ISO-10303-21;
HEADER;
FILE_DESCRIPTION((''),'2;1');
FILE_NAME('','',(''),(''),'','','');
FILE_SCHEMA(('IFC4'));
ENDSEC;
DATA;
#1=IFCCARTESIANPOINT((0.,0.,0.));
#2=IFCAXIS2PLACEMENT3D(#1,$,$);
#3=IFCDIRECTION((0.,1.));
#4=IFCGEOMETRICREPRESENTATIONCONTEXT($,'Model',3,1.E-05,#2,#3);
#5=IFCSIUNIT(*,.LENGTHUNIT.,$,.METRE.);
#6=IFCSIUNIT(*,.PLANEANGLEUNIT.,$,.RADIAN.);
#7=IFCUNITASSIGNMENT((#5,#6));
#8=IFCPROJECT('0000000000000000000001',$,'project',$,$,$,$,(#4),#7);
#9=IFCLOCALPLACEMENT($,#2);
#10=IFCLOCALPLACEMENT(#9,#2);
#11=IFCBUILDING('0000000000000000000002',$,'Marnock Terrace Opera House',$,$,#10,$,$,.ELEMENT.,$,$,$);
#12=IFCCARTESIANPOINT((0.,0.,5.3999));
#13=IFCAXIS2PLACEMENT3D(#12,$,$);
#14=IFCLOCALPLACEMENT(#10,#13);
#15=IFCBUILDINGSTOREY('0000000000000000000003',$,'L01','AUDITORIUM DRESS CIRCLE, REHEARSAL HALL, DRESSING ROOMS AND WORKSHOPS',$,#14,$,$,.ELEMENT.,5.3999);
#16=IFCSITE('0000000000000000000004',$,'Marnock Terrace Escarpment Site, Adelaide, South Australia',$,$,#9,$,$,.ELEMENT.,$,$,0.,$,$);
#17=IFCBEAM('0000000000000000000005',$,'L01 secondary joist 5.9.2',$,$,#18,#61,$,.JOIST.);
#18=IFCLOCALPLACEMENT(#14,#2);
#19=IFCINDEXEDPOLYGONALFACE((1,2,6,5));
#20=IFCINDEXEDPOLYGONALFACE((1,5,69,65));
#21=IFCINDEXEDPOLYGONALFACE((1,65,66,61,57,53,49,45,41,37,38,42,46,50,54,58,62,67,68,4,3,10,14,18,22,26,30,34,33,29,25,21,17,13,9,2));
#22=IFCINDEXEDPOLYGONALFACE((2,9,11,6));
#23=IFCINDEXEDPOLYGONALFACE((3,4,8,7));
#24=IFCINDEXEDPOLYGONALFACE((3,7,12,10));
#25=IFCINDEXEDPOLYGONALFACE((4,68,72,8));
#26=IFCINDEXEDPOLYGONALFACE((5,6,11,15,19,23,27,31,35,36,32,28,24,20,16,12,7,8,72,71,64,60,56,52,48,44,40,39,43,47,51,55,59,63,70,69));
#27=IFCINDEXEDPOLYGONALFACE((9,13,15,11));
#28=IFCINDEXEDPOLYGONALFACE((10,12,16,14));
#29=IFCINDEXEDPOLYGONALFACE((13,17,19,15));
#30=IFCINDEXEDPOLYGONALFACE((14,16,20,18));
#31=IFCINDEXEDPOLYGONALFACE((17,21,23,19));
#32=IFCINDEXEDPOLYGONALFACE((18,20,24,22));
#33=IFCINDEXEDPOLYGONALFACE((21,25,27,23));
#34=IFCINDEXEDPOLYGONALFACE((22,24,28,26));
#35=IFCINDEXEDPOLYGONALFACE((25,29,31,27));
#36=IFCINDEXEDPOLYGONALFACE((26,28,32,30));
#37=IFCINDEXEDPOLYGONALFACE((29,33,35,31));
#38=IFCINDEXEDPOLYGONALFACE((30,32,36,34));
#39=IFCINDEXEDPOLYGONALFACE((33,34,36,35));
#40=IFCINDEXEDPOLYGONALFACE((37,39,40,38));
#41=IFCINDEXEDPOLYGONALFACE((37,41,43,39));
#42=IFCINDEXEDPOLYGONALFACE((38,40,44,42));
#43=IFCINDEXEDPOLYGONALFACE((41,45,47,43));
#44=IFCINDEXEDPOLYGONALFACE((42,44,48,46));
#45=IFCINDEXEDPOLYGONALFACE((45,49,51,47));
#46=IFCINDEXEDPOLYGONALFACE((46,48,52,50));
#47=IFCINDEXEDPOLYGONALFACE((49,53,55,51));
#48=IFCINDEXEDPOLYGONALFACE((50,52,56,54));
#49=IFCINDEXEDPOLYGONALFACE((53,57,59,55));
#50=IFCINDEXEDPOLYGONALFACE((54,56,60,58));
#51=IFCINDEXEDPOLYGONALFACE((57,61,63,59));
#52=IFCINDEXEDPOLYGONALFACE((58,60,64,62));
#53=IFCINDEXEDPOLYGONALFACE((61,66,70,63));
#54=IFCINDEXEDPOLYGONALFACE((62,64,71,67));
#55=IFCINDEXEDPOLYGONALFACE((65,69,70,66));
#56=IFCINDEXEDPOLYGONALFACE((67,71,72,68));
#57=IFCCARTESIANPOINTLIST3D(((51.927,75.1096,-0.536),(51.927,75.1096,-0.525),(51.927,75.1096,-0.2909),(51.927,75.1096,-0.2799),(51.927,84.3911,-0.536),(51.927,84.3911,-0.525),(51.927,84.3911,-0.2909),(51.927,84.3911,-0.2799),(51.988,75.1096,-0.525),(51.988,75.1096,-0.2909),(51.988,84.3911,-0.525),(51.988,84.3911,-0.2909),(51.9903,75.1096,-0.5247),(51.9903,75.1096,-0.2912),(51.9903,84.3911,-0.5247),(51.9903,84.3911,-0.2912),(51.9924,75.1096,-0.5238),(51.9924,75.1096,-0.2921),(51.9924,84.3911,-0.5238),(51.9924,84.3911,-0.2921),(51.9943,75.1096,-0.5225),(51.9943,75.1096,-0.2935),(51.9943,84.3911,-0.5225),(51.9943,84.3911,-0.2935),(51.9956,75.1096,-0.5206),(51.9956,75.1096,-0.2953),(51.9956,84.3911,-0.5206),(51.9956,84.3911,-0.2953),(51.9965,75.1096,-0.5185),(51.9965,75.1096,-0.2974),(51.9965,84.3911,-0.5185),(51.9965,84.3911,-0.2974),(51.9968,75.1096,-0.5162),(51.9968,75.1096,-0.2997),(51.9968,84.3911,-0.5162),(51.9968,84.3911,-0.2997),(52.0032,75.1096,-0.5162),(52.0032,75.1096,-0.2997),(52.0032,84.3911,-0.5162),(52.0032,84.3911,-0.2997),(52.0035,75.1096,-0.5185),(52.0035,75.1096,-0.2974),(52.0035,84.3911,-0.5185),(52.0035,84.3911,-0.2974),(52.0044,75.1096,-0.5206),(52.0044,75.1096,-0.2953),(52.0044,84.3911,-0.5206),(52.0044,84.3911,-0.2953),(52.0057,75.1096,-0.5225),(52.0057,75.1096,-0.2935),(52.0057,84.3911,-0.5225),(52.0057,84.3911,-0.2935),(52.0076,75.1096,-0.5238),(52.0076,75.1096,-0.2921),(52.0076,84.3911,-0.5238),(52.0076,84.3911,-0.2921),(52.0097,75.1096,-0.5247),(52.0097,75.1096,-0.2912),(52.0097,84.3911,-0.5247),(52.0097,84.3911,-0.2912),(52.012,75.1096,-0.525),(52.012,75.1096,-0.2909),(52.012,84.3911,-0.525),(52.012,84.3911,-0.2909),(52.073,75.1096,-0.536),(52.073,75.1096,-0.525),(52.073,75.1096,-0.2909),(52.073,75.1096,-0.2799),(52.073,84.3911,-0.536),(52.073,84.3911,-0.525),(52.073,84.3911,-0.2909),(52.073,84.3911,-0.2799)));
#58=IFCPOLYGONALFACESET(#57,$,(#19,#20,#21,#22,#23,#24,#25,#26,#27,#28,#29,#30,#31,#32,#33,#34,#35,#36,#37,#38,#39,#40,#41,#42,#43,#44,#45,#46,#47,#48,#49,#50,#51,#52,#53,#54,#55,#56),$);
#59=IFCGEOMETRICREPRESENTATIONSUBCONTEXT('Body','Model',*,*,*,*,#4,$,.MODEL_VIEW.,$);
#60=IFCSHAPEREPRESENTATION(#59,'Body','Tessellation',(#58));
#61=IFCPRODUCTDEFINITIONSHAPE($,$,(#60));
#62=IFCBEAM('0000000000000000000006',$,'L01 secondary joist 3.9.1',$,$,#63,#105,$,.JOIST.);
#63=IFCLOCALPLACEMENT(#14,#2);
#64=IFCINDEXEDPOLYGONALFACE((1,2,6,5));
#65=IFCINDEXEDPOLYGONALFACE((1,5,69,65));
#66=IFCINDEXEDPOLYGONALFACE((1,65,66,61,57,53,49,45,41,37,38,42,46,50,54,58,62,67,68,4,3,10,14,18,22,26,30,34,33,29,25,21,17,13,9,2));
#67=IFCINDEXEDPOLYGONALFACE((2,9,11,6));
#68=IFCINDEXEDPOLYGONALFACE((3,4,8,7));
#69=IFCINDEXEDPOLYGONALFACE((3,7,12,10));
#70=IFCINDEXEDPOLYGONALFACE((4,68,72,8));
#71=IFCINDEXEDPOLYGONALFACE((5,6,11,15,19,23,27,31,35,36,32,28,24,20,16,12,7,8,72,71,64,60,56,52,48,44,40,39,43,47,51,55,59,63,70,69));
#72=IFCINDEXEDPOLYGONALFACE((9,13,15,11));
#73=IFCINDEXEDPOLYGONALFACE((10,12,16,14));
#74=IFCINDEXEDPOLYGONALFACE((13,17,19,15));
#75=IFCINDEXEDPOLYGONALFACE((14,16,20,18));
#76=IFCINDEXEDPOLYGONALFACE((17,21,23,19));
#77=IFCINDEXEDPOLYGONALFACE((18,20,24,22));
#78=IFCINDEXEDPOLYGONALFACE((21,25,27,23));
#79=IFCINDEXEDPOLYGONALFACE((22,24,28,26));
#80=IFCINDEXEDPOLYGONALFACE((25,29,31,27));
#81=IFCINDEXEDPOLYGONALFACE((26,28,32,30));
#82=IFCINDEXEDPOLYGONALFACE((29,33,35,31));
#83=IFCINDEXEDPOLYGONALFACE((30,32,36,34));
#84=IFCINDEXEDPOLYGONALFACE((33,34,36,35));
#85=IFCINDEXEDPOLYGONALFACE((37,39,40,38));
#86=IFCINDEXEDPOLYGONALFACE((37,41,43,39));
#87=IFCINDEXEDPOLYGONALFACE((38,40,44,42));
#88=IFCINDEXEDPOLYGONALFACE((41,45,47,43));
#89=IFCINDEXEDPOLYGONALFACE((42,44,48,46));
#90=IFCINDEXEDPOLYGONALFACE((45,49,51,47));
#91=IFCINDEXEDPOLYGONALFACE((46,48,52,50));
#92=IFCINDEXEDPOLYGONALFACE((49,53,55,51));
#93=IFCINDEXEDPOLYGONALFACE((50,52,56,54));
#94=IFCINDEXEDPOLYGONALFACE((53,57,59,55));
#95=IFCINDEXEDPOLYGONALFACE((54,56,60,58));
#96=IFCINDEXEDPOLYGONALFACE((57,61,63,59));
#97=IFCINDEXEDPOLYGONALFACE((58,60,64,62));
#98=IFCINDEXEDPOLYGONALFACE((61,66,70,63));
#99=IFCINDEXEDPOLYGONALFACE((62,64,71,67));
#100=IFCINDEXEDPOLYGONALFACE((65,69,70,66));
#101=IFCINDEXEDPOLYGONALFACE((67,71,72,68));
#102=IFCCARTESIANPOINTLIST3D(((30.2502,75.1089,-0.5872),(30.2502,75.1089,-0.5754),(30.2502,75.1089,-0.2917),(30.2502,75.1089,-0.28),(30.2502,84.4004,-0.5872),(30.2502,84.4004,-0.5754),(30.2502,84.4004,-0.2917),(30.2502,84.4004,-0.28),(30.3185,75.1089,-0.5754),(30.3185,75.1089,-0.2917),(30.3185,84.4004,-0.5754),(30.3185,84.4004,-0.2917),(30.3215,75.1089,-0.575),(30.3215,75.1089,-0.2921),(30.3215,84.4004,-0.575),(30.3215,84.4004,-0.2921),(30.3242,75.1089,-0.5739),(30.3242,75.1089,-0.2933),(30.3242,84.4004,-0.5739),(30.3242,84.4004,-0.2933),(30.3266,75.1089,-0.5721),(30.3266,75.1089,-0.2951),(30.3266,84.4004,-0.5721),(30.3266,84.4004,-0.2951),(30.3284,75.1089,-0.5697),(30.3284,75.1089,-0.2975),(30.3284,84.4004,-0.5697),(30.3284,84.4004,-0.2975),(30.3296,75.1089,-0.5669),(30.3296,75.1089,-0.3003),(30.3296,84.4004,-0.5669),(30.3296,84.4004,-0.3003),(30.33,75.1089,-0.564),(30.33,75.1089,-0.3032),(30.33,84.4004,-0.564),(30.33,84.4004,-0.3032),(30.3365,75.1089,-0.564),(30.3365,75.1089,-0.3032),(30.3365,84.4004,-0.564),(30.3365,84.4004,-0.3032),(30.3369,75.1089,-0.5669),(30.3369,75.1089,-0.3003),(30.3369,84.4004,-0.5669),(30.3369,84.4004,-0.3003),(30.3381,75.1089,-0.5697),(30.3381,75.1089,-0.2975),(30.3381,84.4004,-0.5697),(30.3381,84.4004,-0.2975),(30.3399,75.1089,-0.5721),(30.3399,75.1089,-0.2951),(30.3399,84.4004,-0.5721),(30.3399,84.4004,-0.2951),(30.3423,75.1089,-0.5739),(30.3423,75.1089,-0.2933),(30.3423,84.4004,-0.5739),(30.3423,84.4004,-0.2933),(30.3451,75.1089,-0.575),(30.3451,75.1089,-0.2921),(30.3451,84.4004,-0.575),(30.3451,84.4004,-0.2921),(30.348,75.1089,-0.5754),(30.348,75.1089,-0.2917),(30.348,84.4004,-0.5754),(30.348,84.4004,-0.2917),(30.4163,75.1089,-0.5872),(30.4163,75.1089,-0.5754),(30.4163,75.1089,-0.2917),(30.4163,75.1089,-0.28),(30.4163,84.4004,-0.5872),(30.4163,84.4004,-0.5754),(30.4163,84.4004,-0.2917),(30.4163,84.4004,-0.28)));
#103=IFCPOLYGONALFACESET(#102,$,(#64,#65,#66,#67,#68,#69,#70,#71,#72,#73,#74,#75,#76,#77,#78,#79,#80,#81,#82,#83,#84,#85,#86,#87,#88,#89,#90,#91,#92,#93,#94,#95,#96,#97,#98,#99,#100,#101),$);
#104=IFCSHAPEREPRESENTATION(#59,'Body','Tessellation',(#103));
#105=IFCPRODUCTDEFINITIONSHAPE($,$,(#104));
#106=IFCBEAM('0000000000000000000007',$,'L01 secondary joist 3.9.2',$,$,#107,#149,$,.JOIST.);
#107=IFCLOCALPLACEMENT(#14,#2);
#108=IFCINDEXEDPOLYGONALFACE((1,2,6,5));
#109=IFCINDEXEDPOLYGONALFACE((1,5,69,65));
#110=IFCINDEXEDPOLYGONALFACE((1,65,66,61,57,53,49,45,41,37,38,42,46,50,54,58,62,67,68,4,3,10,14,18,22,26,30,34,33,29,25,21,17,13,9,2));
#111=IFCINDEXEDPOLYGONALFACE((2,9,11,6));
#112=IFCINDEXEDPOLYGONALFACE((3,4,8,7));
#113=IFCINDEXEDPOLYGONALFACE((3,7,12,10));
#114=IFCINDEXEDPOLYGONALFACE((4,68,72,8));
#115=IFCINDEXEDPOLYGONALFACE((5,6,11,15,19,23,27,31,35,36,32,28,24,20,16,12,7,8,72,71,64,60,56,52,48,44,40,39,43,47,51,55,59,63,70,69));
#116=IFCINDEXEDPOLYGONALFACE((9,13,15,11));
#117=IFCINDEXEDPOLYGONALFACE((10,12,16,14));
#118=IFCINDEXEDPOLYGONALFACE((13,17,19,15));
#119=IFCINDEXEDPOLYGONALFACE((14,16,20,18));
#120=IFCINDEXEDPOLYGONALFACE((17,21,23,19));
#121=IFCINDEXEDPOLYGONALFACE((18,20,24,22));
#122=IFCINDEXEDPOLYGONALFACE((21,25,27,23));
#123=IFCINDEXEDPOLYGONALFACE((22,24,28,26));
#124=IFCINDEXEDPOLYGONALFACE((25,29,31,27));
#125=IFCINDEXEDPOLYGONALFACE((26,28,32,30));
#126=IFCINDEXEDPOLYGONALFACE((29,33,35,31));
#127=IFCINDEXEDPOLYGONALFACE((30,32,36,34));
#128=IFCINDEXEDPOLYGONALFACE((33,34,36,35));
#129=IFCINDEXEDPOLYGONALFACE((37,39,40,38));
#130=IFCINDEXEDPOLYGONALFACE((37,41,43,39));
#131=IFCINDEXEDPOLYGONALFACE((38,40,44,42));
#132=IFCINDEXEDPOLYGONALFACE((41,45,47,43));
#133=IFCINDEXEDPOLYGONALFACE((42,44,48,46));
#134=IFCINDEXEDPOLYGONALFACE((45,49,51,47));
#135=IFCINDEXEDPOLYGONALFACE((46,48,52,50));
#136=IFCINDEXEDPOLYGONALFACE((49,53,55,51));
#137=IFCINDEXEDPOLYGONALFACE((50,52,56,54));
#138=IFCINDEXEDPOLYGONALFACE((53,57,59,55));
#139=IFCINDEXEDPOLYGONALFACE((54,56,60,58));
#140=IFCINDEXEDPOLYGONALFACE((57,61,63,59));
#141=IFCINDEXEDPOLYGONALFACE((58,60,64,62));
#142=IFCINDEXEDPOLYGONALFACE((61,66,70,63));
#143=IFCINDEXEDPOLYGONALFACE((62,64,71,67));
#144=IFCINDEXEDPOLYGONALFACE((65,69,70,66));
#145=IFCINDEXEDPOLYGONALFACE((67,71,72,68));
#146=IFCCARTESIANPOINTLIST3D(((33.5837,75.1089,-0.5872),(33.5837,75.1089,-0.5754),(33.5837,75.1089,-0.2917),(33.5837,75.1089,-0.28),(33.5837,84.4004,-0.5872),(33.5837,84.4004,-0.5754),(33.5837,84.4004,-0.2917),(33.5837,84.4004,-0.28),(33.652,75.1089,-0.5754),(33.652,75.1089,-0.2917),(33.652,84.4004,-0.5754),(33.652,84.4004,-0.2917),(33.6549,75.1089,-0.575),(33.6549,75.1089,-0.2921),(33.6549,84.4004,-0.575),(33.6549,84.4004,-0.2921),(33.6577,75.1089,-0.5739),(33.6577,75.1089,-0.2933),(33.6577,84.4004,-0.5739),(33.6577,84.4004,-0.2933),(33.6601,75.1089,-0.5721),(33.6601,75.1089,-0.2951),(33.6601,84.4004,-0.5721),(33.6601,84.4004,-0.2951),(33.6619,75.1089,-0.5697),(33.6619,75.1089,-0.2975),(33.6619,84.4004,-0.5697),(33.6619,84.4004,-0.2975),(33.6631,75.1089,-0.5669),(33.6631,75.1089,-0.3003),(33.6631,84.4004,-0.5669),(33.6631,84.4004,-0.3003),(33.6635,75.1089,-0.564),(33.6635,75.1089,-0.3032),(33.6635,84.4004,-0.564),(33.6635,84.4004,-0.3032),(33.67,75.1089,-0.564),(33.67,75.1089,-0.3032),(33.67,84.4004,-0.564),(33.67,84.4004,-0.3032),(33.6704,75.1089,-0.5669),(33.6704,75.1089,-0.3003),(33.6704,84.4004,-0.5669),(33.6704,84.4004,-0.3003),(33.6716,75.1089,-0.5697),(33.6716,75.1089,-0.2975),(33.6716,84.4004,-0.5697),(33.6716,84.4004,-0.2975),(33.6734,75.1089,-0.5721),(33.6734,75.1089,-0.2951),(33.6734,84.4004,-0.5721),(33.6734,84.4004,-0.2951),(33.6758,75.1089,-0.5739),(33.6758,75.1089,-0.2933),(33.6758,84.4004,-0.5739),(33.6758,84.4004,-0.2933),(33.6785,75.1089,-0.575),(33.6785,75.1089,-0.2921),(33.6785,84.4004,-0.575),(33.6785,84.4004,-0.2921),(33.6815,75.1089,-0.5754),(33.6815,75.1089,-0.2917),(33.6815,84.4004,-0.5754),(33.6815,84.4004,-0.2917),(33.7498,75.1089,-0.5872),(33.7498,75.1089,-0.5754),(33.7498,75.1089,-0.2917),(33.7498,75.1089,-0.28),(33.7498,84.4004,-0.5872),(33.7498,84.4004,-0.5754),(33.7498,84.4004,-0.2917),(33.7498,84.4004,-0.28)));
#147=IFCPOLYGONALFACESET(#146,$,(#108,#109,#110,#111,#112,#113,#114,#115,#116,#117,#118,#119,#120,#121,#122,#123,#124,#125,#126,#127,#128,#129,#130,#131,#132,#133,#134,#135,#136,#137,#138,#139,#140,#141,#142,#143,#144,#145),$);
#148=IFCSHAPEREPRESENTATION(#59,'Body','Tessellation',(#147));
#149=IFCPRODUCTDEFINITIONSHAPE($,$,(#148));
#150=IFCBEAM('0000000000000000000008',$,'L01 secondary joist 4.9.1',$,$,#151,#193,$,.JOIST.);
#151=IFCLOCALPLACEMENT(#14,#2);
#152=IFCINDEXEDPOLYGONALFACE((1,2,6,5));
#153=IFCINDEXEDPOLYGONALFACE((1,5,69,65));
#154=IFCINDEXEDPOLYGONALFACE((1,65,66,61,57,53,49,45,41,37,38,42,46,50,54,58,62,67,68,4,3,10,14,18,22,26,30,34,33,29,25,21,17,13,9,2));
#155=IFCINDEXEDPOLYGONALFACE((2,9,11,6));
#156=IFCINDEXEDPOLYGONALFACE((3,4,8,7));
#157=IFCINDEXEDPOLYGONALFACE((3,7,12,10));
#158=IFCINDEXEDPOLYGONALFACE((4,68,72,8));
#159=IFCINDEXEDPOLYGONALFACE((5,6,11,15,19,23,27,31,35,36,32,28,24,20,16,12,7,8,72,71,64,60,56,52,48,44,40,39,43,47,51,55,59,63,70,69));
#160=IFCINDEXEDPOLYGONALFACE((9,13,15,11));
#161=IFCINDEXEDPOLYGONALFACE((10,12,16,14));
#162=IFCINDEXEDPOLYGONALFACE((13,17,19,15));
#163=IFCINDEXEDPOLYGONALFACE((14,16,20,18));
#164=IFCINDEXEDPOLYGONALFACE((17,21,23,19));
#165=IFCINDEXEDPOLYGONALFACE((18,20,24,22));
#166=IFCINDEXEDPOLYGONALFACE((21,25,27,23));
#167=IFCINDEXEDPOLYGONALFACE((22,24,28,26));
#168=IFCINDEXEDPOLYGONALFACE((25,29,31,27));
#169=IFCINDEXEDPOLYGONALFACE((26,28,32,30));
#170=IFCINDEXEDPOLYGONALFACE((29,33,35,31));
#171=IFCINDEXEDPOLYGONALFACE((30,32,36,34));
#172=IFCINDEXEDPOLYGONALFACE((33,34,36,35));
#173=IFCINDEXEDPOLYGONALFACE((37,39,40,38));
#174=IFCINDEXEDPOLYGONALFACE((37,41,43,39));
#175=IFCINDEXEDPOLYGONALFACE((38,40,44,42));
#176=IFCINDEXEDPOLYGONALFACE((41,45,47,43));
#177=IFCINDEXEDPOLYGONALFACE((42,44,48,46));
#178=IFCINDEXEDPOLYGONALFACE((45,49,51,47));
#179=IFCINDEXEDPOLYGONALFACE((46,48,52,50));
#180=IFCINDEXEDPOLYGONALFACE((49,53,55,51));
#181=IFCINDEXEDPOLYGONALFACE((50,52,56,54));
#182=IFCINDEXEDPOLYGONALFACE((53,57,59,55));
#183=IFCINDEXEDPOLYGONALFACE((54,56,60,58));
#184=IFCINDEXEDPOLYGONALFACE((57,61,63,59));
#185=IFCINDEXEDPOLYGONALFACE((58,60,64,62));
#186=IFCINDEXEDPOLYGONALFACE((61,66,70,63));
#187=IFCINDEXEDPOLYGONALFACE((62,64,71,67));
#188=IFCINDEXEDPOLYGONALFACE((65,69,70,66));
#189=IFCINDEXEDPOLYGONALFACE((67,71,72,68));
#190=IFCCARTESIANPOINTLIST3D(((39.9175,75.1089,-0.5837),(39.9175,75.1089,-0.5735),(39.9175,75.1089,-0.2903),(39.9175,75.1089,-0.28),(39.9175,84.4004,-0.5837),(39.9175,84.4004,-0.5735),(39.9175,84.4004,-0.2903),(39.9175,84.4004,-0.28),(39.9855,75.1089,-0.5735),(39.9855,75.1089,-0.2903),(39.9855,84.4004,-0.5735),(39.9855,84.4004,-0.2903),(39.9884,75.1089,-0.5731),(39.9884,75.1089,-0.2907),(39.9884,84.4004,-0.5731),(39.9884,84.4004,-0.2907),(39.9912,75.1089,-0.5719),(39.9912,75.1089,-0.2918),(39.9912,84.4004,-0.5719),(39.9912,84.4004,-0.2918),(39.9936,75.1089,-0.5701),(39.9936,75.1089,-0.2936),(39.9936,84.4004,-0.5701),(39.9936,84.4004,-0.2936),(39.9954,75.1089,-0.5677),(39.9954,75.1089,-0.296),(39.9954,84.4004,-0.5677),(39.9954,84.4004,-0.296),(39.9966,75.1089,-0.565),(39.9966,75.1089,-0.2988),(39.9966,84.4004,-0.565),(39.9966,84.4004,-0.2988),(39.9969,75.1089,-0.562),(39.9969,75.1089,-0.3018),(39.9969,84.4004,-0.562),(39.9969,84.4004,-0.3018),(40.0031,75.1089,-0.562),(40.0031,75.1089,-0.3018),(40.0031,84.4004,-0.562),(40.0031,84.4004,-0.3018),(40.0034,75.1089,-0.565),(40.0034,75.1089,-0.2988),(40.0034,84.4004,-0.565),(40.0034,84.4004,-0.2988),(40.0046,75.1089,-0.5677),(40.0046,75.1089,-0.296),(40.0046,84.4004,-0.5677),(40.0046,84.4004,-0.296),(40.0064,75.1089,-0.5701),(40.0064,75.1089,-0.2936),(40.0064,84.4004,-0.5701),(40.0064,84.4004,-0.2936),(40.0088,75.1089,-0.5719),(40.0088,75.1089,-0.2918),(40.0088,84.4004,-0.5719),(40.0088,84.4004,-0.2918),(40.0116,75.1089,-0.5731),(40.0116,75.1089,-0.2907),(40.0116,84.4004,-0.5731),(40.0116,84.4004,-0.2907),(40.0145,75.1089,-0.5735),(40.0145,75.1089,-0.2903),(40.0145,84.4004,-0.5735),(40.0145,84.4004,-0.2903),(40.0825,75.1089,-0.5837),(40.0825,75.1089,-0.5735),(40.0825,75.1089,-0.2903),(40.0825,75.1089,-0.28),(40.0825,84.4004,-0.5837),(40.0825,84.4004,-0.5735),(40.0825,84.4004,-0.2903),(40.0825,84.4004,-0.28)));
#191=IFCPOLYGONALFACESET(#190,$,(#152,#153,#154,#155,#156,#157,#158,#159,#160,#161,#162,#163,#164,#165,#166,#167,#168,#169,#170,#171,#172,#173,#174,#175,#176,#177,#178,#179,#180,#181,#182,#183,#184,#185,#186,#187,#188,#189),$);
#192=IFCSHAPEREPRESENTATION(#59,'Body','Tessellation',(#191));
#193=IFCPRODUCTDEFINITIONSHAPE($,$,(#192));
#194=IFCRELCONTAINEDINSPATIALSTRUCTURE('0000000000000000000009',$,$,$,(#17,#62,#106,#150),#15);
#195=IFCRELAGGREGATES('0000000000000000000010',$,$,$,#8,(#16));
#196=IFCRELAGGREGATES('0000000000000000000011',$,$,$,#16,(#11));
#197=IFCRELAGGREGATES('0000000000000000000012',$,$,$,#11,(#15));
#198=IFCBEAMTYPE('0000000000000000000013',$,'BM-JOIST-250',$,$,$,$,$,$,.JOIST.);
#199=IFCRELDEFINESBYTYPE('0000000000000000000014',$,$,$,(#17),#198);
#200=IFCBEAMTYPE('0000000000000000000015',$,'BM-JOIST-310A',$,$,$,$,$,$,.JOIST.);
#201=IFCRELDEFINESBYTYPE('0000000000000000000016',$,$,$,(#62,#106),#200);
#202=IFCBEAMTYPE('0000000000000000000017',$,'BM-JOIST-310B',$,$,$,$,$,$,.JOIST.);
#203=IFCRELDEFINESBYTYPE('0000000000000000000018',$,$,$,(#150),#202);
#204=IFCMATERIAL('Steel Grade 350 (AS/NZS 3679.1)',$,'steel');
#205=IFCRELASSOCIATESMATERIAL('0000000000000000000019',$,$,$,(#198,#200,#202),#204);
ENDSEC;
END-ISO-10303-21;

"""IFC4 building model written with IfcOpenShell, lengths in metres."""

from ifc_helpers import new_model, si_unit, direction, frame, origin, origin_2d, place, context, subcontext, project, spatial, i_section, extrude, material, material_profile, profile_set, type_object, element, save


model = new_model("IFC4")

# Units and contexts
model_context = context("Model", 3, precision=1e-05, world=origin(), true_north=direction((0.0, 1.0)))
body_context = subcontext(model_context, "Body", "Model", "MODEL_VIEW")
ifc_project = project(units=[si_unit("LENGTHUNIT", "METRE"), si_unit("PLANEANGLEUNIT", "RADIAN")], contexts=[model_context])

# Site, building, storey
site_placement = place(None, origin())
site = spatial("IfcSite", under=ifc_project, at=site_placement, Name="Marnock Terrace Escarpment Site, Adelaide, South Australia", CompositionType="ELEMENT", RefElevation=0.0)
building_placement = place(site_placement, origin())
building = spatial("IfcBuilding", under=site, at=building_placement, Name="Marnock Terrace Opera House", CompositionType="ELEMENT")
storey_placement = place(building_placement, frame((0.0, 0.0, 5.3999)))
storey = spatial("IfcBuildingStorey", under=building, at=storey_placement, Name="L01", Description="AUDITORIUM DRESS CIRCLE, REHEARSAL HALL, DRESSING ROOMS AND WORKSHOPS", CompositionType="ELEMENT", Elevation=5.3999)

# Shared definitions
ifc_material_1 = material(Name="Steel Grade 350 (AS/NZS 3679.1)", Category="steel")

# Beams
ifc_material_profile_1 = material_profile(ifc_material_1, i_section(OverallWidth=0.146, OverallDepth=0.2561, WebThickness=0.0063, FlangeThickness=0.011, FilletRadius=0.0088, at=origin_2d()))
ifc_profile_set_1 = profile_set([ifc_material_profile_1], Name="Steel Grade 350 (AS/NZS 3679.1)")
beam_type_1 = type_object("IfcBeamType", Name="BM-JOIST-250", PredefinedType="JOIST", material=ifc_profile_set_1)
for number, where, z_axis, x_axis, name in (
    (1, (52.0, 75.1096, -0.408), (0.0, 1.0, 0.0), (-1.0, 0.0, 0.0), "L01 secondary joist 5.9.2"),
):
    element("IfcBeam", number, at=place(storey_placement, frame(where, z_axis=z_axis, x_axis=x_axis)), inside=storey, type_object=beam_type_1, Name=name, PredefinedType="JOIST", context=body_context, shape_type="SweptSolid", body=[
        extrude(i_section(OverallWidth=0.146, OverallDepth=0.2561, WebThickness=0.0063, FlangeThickness=0.011, FilletRadius=0.0088, at=origin_2d()), origin(), (0.0, 0.0, 1.0), 9.2815),
    ])
ifc_material_profile_2 = material_profile(ifc_material_1, i_section(OverallWidth=0.166, OverallDepth=0.3071, WebThickness=0.0066, FlangeThickness=0.0117, FilletRadius=0.0115, at=origin_2d()))
ifc_profile_set_2 = profile_set([ifc_material_profile_2], Name="Steel Grade 350 (AS/NZS 3679.1)")
beam_type_2 = type_object("IfcBeamType", Name="BM-JOIST-310A", PredefinedType="JOIST", material=ifc_profile_set_2)
for number, where, z_axis, x_axis, name in (
    (2, (30.3333, 75.1089, -0.4336), (0.0, 1.0, 0.0), (-1.0, 0.0, 0.0), "L01 secondary joist 3.9.1"),
    (3, (33.6667, 75.1089, -0.4336), (0.0, 1.0, 0.0), (-1.0, 0.0, 0.0), "L01 secondary joist 3.9.2"),
):
    element("IfcBeam", number, at=place(storey_placement, frame(where, z_axis=z_axis, x_axis=x_axis)), inside=storey, type_object=beam_type_2, Name=name, PredefinedType="JOIST", context=body_context, shape_type="SweptSolid", body=[
        extrude(i_section(OverallWidth=0.166, OverallDepth=0.3071, WebThickness=0.0066, FlangeThickness=0.0117, FilletRadius=0.0115, at=origin_2d()), origin(), (0.0, 0.0, 1.0), 9.2915),
    ])
ifc_material_profile_3 = material_profile(ifc_material_1, i_section(OverallWidth=0.165, OverallDepth=0.3037, WebThickness=0.0061, FlangeThickness=0.0103, FilletRadius=0.0115, at=origin_2d()))
ifc_profile_set_3 = profile_set([ifc_material_profile_3], Name="Steel Grade 350 (AS/NZS 3679.1)")
beam_type_3 = type_object("IfcBeamType", Name="BM-JOIST-310B", PredefinedType="JOIST", material=ifc_profile_set_3)
for number, where, z_axis, x_axis, name in (
    (4, (40.0, 75.1089, -0.4319), (0.0, 1.0, 0.0), (-1.0, 0.0, 0.0), "L01 secondary joist 4.9.1"),
):
    element("IfcBeam", number, at=place(storey_placement, frame(where, z_axis=z_axis, x_axis=x_axis)), inside=storey, type_object=beam_type_3, Name=name, PredefinedType="JOIST", context=body_context, shape_type="SweptSolid", body=[
        extrude(i_section(OverallWidth=0.165, OverallDepth=0.3037, WebThickness=0.0061, FlangeThickness=0.0103, FilletRadius=0.0115, at=origin_2d()), origin(), (0.0, 0.0, 1.0), 9.2915),
    ])

save(model, "model.ifc")
